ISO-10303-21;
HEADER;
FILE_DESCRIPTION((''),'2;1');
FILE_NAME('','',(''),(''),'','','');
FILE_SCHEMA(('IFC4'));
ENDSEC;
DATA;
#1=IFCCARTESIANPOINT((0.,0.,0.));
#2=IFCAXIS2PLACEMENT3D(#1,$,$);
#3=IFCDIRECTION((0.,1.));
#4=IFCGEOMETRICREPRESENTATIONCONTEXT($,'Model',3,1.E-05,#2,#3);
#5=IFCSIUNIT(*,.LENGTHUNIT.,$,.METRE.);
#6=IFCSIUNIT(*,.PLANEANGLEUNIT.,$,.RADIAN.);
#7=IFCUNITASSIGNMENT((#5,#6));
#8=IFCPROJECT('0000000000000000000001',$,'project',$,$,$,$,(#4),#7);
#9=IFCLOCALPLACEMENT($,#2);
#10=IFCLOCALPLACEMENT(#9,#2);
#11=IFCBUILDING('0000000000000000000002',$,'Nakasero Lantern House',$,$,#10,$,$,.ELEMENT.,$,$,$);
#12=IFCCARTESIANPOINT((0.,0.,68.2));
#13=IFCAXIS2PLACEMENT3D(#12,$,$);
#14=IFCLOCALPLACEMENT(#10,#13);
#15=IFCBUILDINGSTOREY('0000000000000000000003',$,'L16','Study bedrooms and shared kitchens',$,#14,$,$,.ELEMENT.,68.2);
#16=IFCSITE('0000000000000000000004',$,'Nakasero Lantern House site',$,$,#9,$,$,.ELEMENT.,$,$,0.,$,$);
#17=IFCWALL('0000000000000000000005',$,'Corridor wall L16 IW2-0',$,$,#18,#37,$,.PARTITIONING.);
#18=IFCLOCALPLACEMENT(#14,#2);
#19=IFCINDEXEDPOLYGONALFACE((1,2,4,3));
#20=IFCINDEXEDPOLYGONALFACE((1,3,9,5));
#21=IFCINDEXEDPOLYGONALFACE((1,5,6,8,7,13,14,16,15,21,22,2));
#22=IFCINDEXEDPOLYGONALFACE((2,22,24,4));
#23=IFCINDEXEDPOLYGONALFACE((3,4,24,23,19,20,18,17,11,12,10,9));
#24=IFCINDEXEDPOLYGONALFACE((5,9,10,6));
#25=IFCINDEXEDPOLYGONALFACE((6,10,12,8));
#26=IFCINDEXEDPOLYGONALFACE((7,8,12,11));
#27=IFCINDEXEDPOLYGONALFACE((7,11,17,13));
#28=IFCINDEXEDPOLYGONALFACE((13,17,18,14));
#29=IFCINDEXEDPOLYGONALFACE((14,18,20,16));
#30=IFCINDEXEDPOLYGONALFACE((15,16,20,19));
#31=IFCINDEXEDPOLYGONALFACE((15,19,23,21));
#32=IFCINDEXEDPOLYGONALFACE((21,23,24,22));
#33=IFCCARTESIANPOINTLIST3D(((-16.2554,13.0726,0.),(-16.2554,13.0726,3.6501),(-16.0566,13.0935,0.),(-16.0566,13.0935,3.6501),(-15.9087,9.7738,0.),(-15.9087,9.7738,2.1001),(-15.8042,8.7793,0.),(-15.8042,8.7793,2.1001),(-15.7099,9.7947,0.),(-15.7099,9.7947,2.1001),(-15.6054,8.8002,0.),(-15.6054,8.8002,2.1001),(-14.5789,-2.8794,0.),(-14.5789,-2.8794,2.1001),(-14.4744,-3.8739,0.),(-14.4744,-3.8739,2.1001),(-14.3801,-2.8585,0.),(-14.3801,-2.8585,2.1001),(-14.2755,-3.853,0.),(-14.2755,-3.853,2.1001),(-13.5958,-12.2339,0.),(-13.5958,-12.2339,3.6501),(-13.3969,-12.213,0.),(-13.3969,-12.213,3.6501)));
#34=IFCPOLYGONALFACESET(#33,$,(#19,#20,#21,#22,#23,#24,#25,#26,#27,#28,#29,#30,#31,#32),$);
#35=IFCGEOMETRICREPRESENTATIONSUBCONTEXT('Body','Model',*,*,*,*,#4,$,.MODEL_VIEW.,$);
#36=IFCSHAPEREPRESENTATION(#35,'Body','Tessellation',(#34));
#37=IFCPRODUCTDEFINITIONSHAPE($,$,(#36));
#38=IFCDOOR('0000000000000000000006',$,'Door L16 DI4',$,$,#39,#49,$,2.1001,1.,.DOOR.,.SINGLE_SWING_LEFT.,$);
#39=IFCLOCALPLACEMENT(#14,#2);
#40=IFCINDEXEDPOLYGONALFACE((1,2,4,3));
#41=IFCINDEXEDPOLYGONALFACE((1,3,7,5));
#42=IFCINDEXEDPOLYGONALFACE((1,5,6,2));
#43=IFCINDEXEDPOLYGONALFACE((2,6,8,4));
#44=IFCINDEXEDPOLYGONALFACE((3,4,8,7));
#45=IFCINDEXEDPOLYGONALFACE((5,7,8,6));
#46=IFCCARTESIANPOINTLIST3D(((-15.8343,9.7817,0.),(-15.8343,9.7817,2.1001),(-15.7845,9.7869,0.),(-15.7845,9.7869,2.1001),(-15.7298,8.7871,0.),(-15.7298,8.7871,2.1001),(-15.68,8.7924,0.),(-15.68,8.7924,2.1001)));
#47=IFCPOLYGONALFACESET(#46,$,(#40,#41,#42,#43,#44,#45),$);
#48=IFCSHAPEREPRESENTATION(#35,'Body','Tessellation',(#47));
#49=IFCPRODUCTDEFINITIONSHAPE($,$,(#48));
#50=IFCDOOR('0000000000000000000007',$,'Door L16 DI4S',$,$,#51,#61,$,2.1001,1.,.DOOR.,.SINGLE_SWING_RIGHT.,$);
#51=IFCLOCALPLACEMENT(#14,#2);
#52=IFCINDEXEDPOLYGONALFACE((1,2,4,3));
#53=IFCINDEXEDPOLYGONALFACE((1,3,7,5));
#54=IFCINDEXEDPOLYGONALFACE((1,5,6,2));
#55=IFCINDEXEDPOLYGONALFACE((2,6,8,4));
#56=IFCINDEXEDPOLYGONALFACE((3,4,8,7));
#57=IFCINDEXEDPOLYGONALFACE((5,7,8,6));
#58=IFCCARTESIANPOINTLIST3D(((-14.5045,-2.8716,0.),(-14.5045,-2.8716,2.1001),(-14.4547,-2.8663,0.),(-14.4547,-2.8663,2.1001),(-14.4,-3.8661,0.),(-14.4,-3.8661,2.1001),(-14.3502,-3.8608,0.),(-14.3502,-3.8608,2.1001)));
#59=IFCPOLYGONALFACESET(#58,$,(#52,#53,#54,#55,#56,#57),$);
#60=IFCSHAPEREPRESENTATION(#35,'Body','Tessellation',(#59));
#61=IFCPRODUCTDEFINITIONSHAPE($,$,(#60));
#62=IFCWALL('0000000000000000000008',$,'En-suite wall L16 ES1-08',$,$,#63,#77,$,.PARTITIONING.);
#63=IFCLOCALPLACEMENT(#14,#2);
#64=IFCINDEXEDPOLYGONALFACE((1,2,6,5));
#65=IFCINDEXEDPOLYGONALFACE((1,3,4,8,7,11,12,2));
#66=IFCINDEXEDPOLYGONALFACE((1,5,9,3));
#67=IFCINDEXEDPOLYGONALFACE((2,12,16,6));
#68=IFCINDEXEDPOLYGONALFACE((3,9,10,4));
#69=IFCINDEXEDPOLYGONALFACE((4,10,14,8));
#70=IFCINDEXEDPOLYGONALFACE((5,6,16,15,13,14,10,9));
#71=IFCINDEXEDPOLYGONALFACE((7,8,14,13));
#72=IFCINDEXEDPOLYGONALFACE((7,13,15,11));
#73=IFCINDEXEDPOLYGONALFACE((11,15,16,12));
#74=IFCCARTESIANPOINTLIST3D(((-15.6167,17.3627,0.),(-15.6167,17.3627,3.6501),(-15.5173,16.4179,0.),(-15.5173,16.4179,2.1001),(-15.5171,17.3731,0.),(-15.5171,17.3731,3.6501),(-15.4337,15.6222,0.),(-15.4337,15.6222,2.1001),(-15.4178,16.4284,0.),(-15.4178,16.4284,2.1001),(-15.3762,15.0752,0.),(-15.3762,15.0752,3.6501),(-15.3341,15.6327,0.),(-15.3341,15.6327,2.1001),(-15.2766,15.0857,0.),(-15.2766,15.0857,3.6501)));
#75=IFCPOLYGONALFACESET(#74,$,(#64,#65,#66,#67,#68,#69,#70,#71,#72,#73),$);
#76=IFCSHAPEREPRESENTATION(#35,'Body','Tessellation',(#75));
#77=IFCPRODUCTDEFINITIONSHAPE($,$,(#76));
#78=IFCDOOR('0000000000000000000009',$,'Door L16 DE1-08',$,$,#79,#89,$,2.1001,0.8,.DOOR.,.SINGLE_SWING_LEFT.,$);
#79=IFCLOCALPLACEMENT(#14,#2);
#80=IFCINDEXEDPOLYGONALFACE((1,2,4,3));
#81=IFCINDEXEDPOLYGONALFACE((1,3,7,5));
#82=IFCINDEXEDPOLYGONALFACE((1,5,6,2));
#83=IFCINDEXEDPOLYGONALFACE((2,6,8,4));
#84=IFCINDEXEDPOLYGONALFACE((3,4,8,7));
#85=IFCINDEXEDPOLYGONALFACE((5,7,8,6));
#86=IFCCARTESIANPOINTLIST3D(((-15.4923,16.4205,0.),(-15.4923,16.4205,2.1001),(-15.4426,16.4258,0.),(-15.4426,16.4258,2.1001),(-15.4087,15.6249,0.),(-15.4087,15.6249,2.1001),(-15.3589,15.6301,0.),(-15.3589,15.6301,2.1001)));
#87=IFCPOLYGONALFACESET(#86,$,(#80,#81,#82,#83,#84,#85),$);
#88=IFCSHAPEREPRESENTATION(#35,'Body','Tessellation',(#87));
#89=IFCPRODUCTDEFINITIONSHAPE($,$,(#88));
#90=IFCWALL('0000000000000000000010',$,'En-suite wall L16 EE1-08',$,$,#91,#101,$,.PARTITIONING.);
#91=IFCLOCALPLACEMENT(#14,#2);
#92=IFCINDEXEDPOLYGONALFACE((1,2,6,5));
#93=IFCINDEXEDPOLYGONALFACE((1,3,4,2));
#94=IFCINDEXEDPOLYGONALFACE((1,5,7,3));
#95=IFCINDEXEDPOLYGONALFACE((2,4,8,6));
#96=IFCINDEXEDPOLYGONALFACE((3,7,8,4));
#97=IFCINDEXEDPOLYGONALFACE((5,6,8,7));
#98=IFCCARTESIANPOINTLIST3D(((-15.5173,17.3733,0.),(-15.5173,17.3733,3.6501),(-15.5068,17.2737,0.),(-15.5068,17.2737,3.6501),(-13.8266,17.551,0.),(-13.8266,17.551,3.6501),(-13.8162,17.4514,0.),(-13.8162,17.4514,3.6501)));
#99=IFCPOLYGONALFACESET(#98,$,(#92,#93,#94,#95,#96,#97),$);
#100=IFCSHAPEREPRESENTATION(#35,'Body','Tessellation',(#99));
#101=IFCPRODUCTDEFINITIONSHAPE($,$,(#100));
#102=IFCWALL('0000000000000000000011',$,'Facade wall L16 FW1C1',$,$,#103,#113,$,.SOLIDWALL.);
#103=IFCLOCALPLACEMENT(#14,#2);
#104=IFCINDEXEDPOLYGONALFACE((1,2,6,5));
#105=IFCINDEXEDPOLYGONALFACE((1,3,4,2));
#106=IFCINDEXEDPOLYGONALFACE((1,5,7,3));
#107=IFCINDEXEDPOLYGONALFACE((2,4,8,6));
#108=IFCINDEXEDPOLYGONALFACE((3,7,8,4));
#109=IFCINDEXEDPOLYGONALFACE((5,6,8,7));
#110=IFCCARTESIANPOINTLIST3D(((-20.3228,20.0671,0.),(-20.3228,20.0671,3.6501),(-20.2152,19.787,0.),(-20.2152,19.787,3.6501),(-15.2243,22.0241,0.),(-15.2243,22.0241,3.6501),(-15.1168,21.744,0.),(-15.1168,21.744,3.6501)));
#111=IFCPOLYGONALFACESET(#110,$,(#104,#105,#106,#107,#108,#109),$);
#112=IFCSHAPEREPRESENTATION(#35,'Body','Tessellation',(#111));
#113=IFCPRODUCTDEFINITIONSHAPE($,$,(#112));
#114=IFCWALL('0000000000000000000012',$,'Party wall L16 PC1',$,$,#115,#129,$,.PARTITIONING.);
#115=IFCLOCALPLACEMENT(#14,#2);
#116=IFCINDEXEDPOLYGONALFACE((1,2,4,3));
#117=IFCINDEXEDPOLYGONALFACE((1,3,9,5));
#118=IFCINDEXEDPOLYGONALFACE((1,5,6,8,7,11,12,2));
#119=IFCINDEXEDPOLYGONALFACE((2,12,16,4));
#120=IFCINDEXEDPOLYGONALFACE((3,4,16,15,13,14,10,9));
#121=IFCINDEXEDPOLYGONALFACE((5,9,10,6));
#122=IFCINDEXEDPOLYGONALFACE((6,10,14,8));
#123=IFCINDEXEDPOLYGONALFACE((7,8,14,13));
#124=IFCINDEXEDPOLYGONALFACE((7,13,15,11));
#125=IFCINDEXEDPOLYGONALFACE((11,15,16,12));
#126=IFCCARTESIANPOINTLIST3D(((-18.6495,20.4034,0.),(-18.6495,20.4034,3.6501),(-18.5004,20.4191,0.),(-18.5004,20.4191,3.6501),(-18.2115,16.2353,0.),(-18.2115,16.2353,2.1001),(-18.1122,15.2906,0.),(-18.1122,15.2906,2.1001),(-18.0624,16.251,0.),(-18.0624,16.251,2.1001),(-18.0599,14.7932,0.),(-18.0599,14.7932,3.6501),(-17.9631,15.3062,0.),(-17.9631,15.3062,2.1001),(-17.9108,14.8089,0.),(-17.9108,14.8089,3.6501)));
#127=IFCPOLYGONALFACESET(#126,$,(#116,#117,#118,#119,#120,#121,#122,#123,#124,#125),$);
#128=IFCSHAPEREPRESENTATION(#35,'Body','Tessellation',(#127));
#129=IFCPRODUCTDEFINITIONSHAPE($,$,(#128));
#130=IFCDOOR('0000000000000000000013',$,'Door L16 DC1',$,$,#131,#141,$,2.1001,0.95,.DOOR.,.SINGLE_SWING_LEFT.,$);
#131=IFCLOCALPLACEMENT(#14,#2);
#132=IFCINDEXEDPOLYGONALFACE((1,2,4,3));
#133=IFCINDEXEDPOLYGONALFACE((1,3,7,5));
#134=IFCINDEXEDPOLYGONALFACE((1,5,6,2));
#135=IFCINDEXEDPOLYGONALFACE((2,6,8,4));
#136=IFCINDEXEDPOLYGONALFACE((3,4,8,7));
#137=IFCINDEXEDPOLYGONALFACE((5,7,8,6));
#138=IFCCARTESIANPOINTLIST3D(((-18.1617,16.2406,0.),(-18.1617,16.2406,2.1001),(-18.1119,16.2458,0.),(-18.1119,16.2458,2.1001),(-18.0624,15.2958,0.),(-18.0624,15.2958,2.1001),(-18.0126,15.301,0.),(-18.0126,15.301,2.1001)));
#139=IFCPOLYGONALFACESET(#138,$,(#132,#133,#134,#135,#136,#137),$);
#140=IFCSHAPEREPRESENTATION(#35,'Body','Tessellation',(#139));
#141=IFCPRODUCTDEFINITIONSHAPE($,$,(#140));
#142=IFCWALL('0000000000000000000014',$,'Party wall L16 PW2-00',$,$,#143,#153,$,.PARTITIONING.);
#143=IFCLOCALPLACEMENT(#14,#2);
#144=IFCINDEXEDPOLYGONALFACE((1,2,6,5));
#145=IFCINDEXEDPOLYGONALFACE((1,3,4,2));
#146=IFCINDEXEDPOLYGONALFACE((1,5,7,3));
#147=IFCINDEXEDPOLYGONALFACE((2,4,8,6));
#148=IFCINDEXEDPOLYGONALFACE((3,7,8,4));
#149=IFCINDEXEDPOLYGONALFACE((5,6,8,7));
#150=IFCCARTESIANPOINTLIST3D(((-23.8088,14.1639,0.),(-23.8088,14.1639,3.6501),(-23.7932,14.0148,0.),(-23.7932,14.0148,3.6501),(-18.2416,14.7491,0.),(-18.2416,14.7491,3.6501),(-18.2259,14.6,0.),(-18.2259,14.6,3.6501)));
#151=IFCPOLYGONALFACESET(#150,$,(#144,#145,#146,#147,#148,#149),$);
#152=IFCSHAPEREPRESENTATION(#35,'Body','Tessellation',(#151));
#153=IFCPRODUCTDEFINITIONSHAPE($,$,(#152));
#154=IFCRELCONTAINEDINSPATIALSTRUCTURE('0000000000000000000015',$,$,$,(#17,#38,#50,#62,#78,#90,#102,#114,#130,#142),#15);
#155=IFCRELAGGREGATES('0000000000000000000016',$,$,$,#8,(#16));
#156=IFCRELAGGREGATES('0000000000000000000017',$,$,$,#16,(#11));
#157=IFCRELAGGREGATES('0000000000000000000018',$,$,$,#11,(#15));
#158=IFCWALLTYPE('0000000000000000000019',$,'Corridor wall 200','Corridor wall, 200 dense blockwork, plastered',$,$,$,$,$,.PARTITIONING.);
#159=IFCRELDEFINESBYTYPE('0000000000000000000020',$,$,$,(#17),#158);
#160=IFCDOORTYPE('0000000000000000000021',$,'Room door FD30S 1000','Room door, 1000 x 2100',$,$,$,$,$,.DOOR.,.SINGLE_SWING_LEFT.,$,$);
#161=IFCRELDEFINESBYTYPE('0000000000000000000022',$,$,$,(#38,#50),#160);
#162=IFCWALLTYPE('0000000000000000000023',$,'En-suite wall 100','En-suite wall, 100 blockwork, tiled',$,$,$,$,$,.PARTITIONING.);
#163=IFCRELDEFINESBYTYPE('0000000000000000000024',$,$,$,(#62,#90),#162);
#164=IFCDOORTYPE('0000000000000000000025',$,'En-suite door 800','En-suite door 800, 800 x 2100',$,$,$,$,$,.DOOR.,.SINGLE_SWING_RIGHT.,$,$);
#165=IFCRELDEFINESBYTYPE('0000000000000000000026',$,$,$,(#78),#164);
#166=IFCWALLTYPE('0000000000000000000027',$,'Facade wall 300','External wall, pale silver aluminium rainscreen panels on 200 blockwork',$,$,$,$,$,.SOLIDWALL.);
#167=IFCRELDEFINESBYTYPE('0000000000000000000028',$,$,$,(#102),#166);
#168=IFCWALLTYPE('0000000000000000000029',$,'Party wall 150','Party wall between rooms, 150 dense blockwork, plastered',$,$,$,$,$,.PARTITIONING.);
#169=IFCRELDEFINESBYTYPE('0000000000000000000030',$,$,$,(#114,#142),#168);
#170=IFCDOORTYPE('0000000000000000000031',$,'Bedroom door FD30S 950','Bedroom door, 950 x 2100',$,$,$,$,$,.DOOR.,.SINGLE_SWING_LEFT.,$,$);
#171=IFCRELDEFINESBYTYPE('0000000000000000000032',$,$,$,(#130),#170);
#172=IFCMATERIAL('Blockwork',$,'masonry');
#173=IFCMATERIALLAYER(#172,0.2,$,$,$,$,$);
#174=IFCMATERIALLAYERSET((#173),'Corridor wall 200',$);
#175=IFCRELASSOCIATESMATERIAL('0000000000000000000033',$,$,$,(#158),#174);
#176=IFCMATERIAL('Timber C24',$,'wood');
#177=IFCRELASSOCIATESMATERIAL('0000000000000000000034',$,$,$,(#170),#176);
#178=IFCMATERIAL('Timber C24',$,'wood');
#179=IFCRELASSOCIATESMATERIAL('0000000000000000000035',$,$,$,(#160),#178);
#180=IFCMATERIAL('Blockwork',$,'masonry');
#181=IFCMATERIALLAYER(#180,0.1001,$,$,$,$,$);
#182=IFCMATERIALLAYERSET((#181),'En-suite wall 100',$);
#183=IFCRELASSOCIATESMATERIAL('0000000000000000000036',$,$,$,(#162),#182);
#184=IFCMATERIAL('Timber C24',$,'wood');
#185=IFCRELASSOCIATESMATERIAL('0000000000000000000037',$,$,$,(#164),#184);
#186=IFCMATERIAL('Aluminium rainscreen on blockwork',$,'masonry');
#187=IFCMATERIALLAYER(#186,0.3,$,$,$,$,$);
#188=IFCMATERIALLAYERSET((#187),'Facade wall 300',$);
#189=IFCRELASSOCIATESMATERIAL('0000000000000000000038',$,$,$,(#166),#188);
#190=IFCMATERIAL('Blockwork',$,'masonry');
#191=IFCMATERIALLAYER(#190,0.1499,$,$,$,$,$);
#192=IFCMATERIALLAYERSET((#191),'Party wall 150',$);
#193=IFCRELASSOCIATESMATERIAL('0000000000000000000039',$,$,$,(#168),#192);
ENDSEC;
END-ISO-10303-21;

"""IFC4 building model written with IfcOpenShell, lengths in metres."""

from ifc_helpers import new_model, si_unit, direction, frame, frame_2d, origin, place, context, subcontext, project, spatial, rectangle, extrude, material, layer, layer_set, type_object, element, fill, save


model = new_model("IFC4")

# Units and contexts
model_context = context("Model", 3, precision=1e-05, world=origin(), true_north=direction((0.0, 1.0)))
body_context = subcontext(model_context, "Body", "Model", "MODEL_VIEW")
ifc_project = project(units=[si_unit("LENGTHUNIT", "METRE"), si_unit("PLANEANGLEUNIT", "RADIAN")], contexts=[model_context])

# Site, building, storey
site_placement = place(None, origin())
site = spatial("IfcSite", under=ifc_project, at=site_placement, Name="Nakasero Lantern House site", CompositionType="ELEMENT", RefElevation=0.0)
building_placement = place(site_placement, origin())
building = spatial("IfcBuilding", under=site, at=building_placement, Name="Nakasero Lantern House", CompositionType="ELEMENT")
storey_placement = place(building_placement, frame((0.0, 0.0, 68.2)))
storey = spatial("IfcBuildingStorey", under=building, at=storey_placement, Name="L16", Description="Study bedrooms and shared kitchens", CompositionType="ELEMENT", Elevation=68.2)

# Shared definitions
ifc_material_1 = material(Name="Blockwork", Category="masonry")
ifc_layer_1 = layer(ifc_material_1, 0.2)
ifc_layer_set_1 = layer_set([ifc_layer_1], Name="Corridor wall 200")
wall_type_1 = type_object("IfcWallType", Name="Corridor wall 200", Description="Corridor wall, 200 dense blockwork, plastered", PredefinedType="PARTITIONING", material=ifc_layer_set_1)
ifc_material_2 = material(Name="Timber C24", Category="wood")
door_type_1 = type_object("IfcDoorType", Name="Bedroom door FD30S 950", Description="Bedroom door, 950 x 2100", OperationType="SINGLE_SWING_LEFT", PredefinedType="DOOR", material=ifc_material_2)

# Wall, openings, doors
wall_1_placement = place(storey_placement, frame((-16.156, 13.083, 0.0), z_axis=(0.0, 0.0, 1.0), x_axis=(0.104523, -0.994522, 0.0)))
wall_1 = element("IfcWall", 1, at=wall_1_placement, inside=storey, type_object=wall_type_1, Name="Corridor wall L16 IW2-0", PredefinedType="PARTITIONING", context=body_context, shape_type="SweptSolid", body=[
    extrude(rectangle(XDim=25.4458, YDim=0.2, at=frame_2d((12.7229, 0.0))), origin(), (0.0, 0.0, 1.0), 3.6501),
])
opening_1_placement = place(wall_1_placement, frame((3.3169, 0.0, 0.0)))
opening_1 = element("IfcOpeningElement", 2, at=opening_1_placement, cuts=wall_1, PredefinedType="OPENING", context=body_context, shape_type="SweptSolid", body=[
    extrude(rectangle(XDim=1.0, YDim=2.1001, at=frame_2d((0.5, 1.05))), frame((0.0, 0.1199, 0.0), z_axis=(0.0, -1.0, 0.0), x_axis=(1.0, 0.0, 0.0)), (0.0, 0.0, 1.0), 0.24),
])
opening_2_placement = place(wall_1_placement, frame((16.0398, 0.0, 0.0)))
opening_2 = element("IfcOpeningElement", 3, at=opening_2_placement, cuts=wall_1, PredefinedType="OPENING", context=body_context, shape_type="SweptSolid", body=[
    extrude(rectangle(XDim=1.0, YDim=2.1001, at=frame_2d((0.5, 1.05))), frame((0.0, 0.1199, 0.0), z_axis=(0.0, -1.0, 0.0), x_axis=(1.0, 0.0, 0.0)), (0.0, 0.0, 1.0), 0.24),
])
ifc_material_3 = material(Name="Timber C24", Category="wood")
door_type_2 = type_object("IfcDoorType", Name="Room door FD30S 1000", Description="Room door, 1000 x 2100", OperationType="SINGLE_SWING_LEFT", PredefinedType="DOOR", material=ifc_material_3)
door_1_placement = place(opening_1_placement, origin())
door_1 = element("IfcDoor", 4, at=door_1_placement, inside=storey, type_object=door_type_2, Name="Door L16 DI4", OperationType="SINGLE_SWING_LEFT", OverallHeight=2.1001, OverallWidth=1.0, PredefinedType="DOOR", context=body_context, shape_type="SweptSolid", body=[
    extrude(rectangle(XDim=1.0, YDim=2.1001, at=frame_2d((0.5, 1.05))), frame((0.0, 0.0249, 0.0), z_axis=(0.0, -1.0, 0.0), x_axis=(1.0, 0.0, 0.0)), (0.0, 0.0, 1.0), 0.05),
])
fill(opening_1, door_1)
door_2_placement = place(opening_2_placement, origin())
door_2 = element("IfcDoor", 5, at=door_2_placement, inside=storey, type_object=door_type_2, Name="Door L16 DI4S", OperationType="SINGLE_SWING_RIGHT", OverallHeight=2.1001, OverallWidth=1.0, PredefinedType="DOOR", context=body_context, shape_type="SweptSolid", body=[
    extrude(rectangle(XDim=1.0, YDim=2.1001, at=frame_2d((0.5, 1.05))), frame((0.0, 0.0249, 0.0), z_axis=(0.0, -1.0, 0.0), x_axis=(1.0, 0.0, 0.0)), (0.0, 0.0, 1.0), 0.05),
])
fill(opening_2, door_2)

# Wall, opening, door
ifc_material_4 = material(Name="Blockwork", Category="masonry")
ifc_layer_2 = layer(ifc_material_4, 0.1001)
ifc_layer_set_2 = layer_set([ifc_layer_2], Name="En-suite wall 100")
wall_type_2 = type_object("IfcWallType", Name="En-suite wall 100", Description="En-suite wall, 100 blockwork, tiled", PredefinedType="PARTITIONING", material=ifc_layer_set_2)
wall_2_placement = place(storey_placement, frame((-15.3264, 15.0806, 0.0), z_axis=(0.0, 0.0, 1.0), x_axis=(-0.104558, 0.994519, 0.0)))
wall_2 = element("IfcWall", 6, at=wall_2_placement, inside=storey, type_object=wall_type_2, Name="En-suite wall L16 ES1-08", PredefinedType="PARTITIONING", context=body_context, shape_type="SweptSolid", body=[
    extrude(rectangle(XDim=2.3, YDim=0.1001, at=frame_2d((1.1499, 0.0))), origin(), (0.0, 0.0, 1.0), 3.6501),
])
opening_3_placement = place(wall_2_placement, frame((0.55, 0.0, 0.0)))
opening_3 = element("IfcOpeningElement", 7, at=opening_3_placement, cuts=wall_2, PredefinedType="OPENING", context=body_context, shape_type="SweptSolid", body=[
    extrude(rectangle(XDim=0.8, YDim=2.1001, at=frame_2d((0.3999, 1.05))), frame((0.0, 0.0701, 0.0), z_axis=(0.0, -1.0, 0.0), x_axis=(1.0, 0.0, 0.0)), (0.0, 0.0, 1.0), 0.1401),
])
ifc_material_5 = material(Name="Timber C24", Category="wood")
door_type_3 = type_object("IfcDoorType", Name="En-suite door 800", Description="En-suite door 800, 800 x 2100", OperationType="SINGLE_SWING_RIGHT", PredefinedType="DOOR", material=ifc_material_5)
door_3_placement = place(opening_3_placement, origin())
door_3 = element("IfcDoor", 8, at=door_3_placement, inside=storey, type_object=door_type_3, Name="Door L16 DE1-08", OperationType="SINGLE_SWING_LEFT", OverallHeight=2.1001, OverallWidth=0.8, PredefinedType="DOOR", context=body_context, shape_type="SweptSolid", body=[
    extrude(rectangle(XDim=0.8, YDim=2.1001, at=frame_2d((0.3999, 1.05))), frame((0.0, 0.0249, 0.0), z_axis=(0.0, -1.0, 0.0), x_axis=(1.0, 0.0, 0.0)), (0.0, 0.0, 1.0), 0.05),
])
fill(opening_3, door_3)

# Walls
wall_3_placement = place(storey_placement, frame((-13.8213, 17.5012, 0.0), z_axis=(0.0, 0.0, 1.0), x_axis=(-0.99452, -0.10455, 0.0)))
element("IfcWall", 9, at=wall_3_placement, inside=storey, type_object=wall_type_2, Name="En-suite wall L16 EE1-08", PredefinedType="PARTITIONING", context=body_context, shape_type="SweptSolid", body=[
    extrude(rectangle(XDim=1.7, YDim=0.1001, at=frame_2d((0.8501, 0.0))), origin(), (0.0, 0.0, 1.0), 3.6501),
])
ifc_material_6 = material(Name="Aluminium rainscreen on blockwork", Category="masonry")
ifc_layer_3 = layer(ifc_material_6, 0.3)
ifc_layer_set_3 = layer_set([ifc_layer_3], Name="Facade wall 300")
wall_type_3 = type_object("IfcWallType", Name="Facade wall 300", Description="External wall, pale silver aluminium rainscreen panels on 200 blockwork", PredefinedType="SOLIDWALL", material=ifc_layer_set_3)
wall_4_placement = place(storey_placement, frame((-15.1707, 21.884, 0.0), z_axis=(0.0, 0.0, 1.0), x_axis=(-0.933584, -0.358359, 0.0)))
element("IfcWall", 10, at=wall_4_placement, inside=storey, type_object=wall_type_3, Name="Facade wall L16 FW1C1", PredefinedType="SOLIDWALL", context=body_context, shape_type="SweptSolid", body=[
    extrude(rectangle(XDim=5.4612, YDim=0.3, at=frame_2d((2.7305, 0.0))), origin(), (0.0, 0.0, 1.0), 3.6501),
])

# Wall, opening, door
ifc_material_7 = material(Name="Blockwork", Category="masonry")
ifc_layer_4 = layer(ifc_material_7, 0.1499)
ifc_layer_set_4 = layer_set([ifc_layer_4], Name="Party wall 150")
wall_type_4 = type_object("IfcWallType", Name="Party wall 150", Description="Party wall between rooms, 150 dense blockwork, plastered", PredefinedType="PARTITIONING", material=ifc_layer_set_4)
wall_5_placement = place(storey_placement, frame((-17.9854, 14.801, 0.0), z_axis=(0.0, 0.0, 1.0), x_axis=(-0.10452, 0.994523, 0.0)))
wall_5 = element("IfcWall", 11, at=wall_5_placement, inside=storey, type_object=wall_type_4, Name="Party wall L16 PC1", PredefinedType="PARTITIONING", context=body_context, shape_type="SweptSolid", body=[
    extrude(rectangle(XDim=5.6411, YDim=0.1499, at=frame_2d((2.8206, 0.0))), origin(), (0.0, 0.0, 1.0), 3.6501),
])
opening_4_placement = place(wall_5_placement, frame((0.5, 0.0, 0.0)))
opening_4 = element("IfcOpeningElement", 12, at=opening_4_placement, cuts=wall_5, PredefinedType="OPENING", context=body_context, shape_type="SweptSolid", body=[
    extrude(rectangle(XDim=0.95, YDim=2.1001, at=frame_2d((0.4751, 1.05))), frame((0.0, 0.095, 0.0), z_axis=(0.0, -1.0, 0.0), x_axis=(1.0, 0.0, 0.0)), (0.0, 0.0, 1.0), 0.1899),
])
door_4_placement = place(opening_4_placement, origin())
door_4 = element("IfcDoor", 13, at=door_4_placement, inside=storey, type_object=door_type_1, Name="Door L16 DC1", OperationType="SINGLE_SWING_LEFT", OverallHeight=2.1001, OverallWidth=0.95, PredefinedType="DOOR", context=body_context, shape_type="SweptSolid", body=[
    extrude(rectangle(XDim=0.95, YDim=2.1001, at=frame_2d((0.4751, 1.05))), frame((0.0, 0.0249, 0.0), z_axis=(0.0, -1.0, 0.0), x_axis=(1.0, 0.0, 0.0)), (0.0, 0.0, 1.0), 0.05),
])
fill(opening_4, door_4)

# Wall
wall_6_placement = place(storey_placement, frame((-18.2339, 14.6746, 0.0), z_axis=(0.0, 0.0, 1.0), x_axis=(-0.99452, -0.104542, 0.0)))
element("IfcWall", 14, at=wall_6_placement, inside=storey, type_object=wall_type_4, Name="Party wall L16 PW2-00", PredefinedType="PARTITIONING", context=body_context, shape_type="SweptSolid", body=[
    extrude(rectangle(XDim=5.5979, YDim=0.1499, at=frame_2d((2.7988, 0.0))), origin(), (0.0, 0.0, 1.0), 3.6501),
])

save(model, "model.ifc")
